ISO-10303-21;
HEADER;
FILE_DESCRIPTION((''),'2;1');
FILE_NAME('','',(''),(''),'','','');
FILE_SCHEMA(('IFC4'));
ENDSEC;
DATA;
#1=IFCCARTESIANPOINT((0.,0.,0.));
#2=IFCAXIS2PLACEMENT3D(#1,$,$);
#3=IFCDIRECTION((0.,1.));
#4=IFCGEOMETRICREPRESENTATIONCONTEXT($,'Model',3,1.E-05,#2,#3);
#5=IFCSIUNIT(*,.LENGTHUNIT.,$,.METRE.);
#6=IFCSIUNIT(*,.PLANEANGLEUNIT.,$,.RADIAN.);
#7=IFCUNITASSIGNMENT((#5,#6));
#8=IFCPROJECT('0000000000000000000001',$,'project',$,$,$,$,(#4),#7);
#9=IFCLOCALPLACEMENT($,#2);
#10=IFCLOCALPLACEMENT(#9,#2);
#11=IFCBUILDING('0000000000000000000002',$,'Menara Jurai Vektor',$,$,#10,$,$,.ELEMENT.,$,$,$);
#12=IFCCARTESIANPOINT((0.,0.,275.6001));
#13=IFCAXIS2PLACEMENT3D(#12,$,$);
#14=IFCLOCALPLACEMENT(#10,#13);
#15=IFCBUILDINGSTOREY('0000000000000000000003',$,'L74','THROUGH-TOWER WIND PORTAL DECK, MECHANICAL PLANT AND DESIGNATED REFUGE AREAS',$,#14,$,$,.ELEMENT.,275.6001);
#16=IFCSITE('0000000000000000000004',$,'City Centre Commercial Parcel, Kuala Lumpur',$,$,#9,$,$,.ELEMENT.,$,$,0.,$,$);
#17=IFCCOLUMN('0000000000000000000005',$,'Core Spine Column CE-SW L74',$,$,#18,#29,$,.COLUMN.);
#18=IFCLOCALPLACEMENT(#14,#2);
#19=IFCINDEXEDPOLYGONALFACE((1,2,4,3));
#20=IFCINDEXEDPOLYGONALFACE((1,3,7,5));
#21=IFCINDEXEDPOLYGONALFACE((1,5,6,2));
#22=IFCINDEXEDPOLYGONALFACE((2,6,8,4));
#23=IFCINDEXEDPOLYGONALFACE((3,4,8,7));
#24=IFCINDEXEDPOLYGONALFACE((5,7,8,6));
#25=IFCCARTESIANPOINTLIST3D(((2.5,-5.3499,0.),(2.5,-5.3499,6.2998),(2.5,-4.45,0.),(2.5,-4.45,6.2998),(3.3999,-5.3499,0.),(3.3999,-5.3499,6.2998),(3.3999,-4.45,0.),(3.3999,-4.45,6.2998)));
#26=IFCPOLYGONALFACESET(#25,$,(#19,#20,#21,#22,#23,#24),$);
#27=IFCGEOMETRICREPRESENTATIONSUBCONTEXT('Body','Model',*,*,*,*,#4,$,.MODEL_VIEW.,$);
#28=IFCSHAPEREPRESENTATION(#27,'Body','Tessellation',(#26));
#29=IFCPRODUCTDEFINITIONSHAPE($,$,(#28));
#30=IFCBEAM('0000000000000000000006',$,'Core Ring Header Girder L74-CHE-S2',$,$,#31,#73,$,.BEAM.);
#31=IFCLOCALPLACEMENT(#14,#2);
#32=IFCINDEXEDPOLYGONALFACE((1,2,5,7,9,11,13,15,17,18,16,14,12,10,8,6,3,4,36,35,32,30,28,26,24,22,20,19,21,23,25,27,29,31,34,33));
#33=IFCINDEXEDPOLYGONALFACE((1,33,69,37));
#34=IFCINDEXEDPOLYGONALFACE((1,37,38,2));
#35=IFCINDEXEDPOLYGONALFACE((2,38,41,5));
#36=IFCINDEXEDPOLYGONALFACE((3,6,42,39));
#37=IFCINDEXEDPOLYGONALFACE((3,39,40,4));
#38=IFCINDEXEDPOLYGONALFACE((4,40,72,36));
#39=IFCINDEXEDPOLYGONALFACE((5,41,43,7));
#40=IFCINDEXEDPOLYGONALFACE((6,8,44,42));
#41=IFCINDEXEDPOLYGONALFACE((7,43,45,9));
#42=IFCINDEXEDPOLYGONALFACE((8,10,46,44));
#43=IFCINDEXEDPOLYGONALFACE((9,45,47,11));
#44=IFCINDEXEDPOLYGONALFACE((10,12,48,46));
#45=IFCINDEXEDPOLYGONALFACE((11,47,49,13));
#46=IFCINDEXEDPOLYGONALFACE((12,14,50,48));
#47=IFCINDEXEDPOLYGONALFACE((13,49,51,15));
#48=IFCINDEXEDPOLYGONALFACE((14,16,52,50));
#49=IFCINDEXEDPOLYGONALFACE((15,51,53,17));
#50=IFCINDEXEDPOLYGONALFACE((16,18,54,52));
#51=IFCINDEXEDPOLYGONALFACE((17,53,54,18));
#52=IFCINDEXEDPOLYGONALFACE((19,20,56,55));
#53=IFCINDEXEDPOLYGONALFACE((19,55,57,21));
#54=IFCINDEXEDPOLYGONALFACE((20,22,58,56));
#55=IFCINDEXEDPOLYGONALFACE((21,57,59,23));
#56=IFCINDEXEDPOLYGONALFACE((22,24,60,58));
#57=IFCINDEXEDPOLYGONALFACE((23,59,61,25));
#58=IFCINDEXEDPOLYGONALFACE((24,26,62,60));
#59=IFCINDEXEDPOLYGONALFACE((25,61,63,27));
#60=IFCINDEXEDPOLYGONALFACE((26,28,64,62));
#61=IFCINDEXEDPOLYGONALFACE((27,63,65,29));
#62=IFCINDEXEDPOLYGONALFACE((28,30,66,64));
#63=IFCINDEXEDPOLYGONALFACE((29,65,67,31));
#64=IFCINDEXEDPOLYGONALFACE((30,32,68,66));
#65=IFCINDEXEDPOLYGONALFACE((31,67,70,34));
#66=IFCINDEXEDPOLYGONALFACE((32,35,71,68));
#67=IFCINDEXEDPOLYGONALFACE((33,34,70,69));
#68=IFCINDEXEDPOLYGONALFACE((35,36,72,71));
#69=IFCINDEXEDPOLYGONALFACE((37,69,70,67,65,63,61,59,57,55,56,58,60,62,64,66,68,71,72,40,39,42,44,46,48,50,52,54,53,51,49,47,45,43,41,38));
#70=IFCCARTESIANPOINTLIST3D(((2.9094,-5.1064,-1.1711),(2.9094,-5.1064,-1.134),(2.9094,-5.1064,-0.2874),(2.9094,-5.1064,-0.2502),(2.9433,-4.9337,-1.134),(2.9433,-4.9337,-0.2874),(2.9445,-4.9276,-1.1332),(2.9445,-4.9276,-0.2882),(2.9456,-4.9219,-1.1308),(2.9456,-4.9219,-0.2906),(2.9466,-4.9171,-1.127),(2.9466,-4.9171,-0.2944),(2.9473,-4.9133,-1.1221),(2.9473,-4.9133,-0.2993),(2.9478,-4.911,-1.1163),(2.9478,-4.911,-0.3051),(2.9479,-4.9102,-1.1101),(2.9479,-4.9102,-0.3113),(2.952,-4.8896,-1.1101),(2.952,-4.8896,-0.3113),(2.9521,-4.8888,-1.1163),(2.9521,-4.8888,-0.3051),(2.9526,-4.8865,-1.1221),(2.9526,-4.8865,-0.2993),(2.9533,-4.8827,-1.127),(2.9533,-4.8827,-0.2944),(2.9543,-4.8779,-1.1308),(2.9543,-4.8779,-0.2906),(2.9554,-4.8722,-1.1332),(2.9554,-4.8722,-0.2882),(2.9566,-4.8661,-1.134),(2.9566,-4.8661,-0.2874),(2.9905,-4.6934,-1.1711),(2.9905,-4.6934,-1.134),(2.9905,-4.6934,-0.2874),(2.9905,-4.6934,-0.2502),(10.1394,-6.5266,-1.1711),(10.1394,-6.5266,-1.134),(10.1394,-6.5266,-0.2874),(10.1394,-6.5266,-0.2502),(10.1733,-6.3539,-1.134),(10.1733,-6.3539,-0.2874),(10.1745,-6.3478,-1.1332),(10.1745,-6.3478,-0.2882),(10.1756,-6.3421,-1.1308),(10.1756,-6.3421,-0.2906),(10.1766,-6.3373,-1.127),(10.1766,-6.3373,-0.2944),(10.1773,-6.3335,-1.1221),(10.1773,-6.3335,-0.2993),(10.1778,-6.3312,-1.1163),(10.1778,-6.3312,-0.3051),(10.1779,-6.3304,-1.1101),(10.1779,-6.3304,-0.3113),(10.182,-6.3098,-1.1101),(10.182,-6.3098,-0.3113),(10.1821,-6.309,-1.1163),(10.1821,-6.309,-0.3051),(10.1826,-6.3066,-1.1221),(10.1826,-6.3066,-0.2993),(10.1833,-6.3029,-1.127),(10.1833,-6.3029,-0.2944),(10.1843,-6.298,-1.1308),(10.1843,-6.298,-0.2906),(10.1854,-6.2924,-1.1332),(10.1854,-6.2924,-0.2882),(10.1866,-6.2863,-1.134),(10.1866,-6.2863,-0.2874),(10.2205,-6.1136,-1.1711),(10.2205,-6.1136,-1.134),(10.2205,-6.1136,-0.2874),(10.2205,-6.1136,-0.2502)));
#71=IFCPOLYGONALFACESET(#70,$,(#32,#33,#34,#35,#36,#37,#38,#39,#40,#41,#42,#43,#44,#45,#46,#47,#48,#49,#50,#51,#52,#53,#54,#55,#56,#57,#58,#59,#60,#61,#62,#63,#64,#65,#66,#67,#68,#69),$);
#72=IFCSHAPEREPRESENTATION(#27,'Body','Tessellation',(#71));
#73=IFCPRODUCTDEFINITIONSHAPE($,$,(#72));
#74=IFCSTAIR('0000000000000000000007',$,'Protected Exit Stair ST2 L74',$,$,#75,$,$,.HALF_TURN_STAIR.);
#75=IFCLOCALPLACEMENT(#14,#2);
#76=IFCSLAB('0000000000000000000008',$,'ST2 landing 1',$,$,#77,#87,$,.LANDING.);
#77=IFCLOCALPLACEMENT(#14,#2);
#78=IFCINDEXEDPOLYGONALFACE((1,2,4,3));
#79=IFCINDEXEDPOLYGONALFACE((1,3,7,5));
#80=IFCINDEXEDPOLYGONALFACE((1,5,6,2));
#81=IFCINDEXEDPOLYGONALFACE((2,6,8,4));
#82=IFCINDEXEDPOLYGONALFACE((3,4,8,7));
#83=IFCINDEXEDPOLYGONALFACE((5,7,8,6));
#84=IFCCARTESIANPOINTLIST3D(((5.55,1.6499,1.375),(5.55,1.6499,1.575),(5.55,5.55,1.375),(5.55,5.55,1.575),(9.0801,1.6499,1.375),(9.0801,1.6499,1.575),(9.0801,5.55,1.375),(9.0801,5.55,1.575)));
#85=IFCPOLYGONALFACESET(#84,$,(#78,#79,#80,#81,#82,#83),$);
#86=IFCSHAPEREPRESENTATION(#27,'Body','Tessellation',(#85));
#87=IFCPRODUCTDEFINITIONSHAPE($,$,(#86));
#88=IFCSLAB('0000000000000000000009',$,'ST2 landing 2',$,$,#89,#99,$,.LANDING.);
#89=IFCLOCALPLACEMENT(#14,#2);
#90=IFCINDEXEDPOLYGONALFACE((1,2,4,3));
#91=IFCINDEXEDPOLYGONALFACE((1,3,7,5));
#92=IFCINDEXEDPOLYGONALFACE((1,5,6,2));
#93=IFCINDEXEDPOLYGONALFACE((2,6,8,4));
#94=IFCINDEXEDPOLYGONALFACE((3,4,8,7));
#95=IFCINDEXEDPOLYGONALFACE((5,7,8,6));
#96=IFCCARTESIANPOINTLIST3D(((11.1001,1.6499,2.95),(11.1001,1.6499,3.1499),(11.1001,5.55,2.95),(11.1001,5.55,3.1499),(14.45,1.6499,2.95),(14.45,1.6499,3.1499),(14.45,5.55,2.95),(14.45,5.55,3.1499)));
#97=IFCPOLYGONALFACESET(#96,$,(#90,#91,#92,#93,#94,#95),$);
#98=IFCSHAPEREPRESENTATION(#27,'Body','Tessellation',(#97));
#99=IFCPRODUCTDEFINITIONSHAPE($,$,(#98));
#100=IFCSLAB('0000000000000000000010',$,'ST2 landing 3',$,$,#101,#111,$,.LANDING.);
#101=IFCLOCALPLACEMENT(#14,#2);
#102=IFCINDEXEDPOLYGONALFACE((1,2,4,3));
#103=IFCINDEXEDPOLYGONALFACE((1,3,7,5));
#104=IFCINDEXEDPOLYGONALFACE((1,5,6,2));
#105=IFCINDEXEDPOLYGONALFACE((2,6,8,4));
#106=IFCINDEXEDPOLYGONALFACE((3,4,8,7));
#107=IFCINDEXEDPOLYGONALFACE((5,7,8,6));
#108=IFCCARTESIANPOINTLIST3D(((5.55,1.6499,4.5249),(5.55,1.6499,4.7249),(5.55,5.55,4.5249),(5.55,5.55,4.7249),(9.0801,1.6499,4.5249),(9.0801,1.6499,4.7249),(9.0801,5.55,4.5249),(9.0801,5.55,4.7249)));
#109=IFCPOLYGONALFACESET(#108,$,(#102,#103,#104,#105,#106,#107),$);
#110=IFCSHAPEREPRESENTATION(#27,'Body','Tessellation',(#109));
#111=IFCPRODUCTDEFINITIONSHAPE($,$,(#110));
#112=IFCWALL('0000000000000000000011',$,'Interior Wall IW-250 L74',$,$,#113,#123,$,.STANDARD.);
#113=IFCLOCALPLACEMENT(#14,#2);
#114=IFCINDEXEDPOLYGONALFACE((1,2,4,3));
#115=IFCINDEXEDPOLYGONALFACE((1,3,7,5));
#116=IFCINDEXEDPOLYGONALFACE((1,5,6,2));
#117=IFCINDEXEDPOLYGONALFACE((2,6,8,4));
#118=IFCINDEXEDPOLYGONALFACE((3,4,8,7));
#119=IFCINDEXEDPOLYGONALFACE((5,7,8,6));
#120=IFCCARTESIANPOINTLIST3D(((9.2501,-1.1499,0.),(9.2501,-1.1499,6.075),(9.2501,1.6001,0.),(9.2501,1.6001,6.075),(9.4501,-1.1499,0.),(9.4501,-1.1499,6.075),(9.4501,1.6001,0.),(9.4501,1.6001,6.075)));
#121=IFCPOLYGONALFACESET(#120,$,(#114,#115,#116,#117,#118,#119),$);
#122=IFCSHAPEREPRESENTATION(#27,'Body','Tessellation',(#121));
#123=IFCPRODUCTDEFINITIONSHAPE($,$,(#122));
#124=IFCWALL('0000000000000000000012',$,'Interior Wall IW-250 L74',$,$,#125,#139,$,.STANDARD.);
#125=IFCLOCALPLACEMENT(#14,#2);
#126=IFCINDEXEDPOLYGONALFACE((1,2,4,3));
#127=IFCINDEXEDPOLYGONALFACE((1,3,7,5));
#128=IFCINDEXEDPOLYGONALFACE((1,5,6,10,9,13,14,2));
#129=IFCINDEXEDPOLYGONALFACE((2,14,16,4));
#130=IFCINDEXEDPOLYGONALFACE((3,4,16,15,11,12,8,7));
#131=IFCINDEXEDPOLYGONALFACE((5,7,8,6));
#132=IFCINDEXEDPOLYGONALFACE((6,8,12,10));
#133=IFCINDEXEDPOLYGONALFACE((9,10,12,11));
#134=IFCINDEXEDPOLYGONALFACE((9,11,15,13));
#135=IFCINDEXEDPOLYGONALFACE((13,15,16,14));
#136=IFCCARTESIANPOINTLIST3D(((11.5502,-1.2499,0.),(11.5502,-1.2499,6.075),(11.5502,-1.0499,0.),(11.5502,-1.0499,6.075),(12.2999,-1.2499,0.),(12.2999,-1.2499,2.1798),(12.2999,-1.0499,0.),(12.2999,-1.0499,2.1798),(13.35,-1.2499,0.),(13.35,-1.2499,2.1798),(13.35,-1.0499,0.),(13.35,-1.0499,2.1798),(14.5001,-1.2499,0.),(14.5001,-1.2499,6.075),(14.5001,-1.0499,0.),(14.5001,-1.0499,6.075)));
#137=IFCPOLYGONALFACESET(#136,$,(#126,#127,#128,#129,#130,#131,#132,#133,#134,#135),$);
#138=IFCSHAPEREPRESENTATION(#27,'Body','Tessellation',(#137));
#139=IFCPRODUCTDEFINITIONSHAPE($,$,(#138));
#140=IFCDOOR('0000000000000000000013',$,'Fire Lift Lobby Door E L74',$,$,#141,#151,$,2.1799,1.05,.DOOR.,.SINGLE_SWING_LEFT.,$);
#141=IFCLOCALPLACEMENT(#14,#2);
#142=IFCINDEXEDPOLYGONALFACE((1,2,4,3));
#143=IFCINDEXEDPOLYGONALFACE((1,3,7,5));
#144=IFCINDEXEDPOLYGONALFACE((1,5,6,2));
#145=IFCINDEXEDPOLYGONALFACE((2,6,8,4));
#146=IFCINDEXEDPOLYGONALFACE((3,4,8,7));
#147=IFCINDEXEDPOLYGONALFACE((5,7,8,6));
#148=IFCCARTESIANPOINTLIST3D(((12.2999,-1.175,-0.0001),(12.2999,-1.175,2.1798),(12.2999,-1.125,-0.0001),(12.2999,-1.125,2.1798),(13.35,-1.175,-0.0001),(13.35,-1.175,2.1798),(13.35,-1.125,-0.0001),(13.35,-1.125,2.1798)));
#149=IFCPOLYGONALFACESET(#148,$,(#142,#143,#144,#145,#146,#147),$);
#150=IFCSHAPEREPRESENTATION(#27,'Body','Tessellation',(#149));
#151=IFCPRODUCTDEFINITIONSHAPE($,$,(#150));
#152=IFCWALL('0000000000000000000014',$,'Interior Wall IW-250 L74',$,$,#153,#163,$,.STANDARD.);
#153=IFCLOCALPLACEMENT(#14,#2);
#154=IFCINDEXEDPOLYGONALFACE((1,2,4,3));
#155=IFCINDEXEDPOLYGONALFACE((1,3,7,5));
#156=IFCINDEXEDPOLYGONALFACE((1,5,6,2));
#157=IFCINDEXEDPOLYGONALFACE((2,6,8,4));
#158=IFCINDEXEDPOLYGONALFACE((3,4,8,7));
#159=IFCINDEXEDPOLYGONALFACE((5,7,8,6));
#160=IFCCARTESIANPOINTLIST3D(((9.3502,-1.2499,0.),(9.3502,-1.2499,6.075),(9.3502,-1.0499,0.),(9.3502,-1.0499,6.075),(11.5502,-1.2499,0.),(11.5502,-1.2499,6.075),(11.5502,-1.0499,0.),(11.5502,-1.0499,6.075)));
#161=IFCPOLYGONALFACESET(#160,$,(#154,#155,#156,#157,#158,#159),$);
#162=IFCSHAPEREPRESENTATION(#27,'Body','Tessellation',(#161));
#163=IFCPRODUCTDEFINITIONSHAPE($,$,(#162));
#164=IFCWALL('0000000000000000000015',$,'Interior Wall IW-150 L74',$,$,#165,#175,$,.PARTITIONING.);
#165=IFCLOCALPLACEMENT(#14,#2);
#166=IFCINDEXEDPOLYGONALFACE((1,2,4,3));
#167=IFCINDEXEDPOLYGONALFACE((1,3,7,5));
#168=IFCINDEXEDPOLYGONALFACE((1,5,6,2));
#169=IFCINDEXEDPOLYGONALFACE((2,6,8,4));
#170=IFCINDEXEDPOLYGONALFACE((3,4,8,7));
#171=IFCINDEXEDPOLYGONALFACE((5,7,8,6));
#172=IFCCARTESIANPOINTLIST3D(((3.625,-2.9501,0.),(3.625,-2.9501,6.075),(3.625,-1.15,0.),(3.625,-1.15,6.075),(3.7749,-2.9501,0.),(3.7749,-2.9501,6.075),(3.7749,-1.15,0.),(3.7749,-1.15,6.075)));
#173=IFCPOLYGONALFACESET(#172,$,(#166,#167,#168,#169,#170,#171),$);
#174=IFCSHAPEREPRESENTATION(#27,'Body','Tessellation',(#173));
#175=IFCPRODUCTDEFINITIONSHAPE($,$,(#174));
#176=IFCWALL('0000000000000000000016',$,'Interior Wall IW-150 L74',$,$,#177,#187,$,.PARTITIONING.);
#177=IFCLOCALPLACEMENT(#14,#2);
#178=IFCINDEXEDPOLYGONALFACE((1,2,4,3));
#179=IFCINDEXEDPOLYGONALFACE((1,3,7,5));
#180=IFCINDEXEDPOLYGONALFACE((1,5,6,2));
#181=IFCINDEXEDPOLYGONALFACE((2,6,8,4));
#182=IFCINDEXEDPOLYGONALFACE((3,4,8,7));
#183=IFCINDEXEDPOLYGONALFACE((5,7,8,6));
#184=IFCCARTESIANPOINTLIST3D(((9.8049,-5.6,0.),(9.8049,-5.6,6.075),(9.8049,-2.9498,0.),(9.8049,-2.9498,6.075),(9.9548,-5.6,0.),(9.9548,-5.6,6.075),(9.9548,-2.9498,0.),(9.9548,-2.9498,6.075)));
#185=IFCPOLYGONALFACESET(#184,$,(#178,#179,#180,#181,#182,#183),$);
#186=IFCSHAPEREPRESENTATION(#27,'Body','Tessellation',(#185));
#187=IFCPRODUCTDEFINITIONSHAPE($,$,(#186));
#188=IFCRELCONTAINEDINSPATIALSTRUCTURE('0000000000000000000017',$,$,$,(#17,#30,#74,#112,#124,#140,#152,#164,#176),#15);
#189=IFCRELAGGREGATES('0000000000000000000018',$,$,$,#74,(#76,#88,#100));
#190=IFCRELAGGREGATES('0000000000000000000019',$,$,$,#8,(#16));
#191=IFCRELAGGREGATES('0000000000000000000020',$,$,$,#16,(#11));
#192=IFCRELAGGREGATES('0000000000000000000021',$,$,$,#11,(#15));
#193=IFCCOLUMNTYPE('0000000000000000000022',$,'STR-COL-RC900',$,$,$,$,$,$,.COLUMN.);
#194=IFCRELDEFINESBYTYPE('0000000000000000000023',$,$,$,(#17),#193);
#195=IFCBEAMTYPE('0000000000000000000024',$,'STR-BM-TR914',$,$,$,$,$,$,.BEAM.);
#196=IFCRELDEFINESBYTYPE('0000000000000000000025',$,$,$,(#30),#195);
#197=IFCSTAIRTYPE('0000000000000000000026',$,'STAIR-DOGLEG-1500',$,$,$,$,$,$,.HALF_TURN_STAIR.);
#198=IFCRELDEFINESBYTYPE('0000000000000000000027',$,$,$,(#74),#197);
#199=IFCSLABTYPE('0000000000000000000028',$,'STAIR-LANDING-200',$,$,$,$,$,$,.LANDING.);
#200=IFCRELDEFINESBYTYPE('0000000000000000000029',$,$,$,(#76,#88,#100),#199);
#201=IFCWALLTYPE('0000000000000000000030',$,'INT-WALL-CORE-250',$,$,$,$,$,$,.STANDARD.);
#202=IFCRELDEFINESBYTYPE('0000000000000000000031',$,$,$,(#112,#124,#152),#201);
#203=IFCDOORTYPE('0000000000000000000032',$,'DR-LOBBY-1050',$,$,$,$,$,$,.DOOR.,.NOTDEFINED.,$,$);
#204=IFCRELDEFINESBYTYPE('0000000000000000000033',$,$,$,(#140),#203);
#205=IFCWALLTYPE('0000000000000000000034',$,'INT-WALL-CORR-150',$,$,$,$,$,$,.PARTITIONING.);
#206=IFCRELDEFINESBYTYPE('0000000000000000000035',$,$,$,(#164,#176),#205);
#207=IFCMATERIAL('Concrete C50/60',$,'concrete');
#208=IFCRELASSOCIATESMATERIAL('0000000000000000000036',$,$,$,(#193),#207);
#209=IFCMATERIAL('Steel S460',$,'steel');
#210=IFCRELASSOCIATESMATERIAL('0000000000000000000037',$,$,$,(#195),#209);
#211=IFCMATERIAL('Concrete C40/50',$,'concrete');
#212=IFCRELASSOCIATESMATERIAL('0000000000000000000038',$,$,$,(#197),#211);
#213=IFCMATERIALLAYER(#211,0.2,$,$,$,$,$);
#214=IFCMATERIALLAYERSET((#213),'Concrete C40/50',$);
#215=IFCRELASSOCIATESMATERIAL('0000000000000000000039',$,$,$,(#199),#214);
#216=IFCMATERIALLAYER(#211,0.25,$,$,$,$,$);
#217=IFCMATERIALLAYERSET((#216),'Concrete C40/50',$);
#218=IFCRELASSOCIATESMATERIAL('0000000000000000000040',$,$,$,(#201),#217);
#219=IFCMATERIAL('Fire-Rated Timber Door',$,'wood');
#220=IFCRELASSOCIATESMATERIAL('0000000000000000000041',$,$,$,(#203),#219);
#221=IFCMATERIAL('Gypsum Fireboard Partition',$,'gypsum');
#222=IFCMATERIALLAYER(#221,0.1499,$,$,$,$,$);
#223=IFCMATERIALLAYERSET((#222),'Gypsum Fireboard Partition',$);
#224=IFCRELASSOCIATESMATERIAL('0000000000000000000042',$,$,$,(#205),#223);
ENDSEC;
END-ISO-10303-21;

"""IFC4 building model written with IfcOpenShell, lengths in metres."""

from ifc_helpers import new_model, si_unit, direction, frame, frame_2d, origin, origin_2d, place, context, subcontext, project, spatial, polyline, rectangle, i_section, outline, extrude, material, layer, layer_set, material_profile, profile_set, type_object, element, fill, aggregate, save


model = new_model("IFC4")

# Units and contexts
model_context = context("Model", 3, precision=1e-05, world=origin(), true_north=direction((0.0, 1.0)))
body_context = subcontext(model_context, "Body", "Model", "MODEL_VIEW")
ifc_project = project(units=[si_unit("LENGTHUNIT", "METRE"), si_unit("PLANEANGLEUNIT", "RADIAN")], contexts=[model_context])

# Site, building, storey
site_placement = place(None, origin())
site = spatial("IfcSite", under=ifc_project, at=site_placement, Name="City Centre Commercial Parcel, Kuala Lumpur", CompositionType="ELEMENT", RefElevation=0.0)
building_placement = place(site_placement, origin())
building = spatial("IfcBuilding", under=site, at=building_placement, Name="Menara Jurai Vektor", CompositionType="ELEMENT")
storey_placement = place(building_placement, frame((0.0, 0.0, 275.6001)))
storey = spatial("IfcBuildingStorey", under=building, at=storey_placement, Name="L74", Description="THROUGH-TOWER WIND PORTAL DECK, MECHANICAL PLANT AND DESIGNATED REFUGE AREAS", CompositionType="ELEMENT", Elevation=275.6001)

# Column
ifc_material_1 = material(Name="Concrete C50/60", Category="concrete")
ifc_material_profile_1 = material_profile(ifc_material_1, rectangle(XDim=0.8999, YDim=0.8999, at=origin_2d()), Name="RC 900x900")
ifc_profile_set_1 = profile_set([ifc_material_profile_1], Name="Concrete C50/60")
column_type = type_object("IfcColumnType", Name="STR-COL-RC900", PredefinedType="COLUMN", material=ifc_profile_set_1)
column_placement = place(storey_placement, frame((2.95, -4.8999, 0.0), z_axis=(0.0, 0.0, 1.0), x_axis=(1.0, 0.0, 0.0)))
element("IfcColumn", 1, at=column_placement, inside=storey, type_object=column_type, Name="Core Spine Column CE-SW L74", PredefinedType="COLUMN", context=body_context, shape_type="SweptSolid", body=[
    extrude(rectangle(XDim=0.8999, YDim=0.8999, at=origin_2d()), origin(), (0.0, 0.0, 1.0), 6.2998),
])

# Beam
ifc_material_2 = material(Name="Steel S460", Category="steel")
ifc_material_profile_2 = material_profile(ifc_material_2, i_section(OverallWidth=0.4209, OverallDepth=0.9209, WebThickness=0.021, FlangeThickness=0.0371, FilletRadius=0.0239, at=origin_2d()), Name="UKB 914x419x388")
ifc_profile_set_2 = profile_set([ifc_material_profile_2], Name="Steel S460")
beam_type = type_object("IfcBeamType", Name="STR-BM-TR914", PredefinedType="BEAM", material=ifc_profile_set_2)
beam_placement = place(storey_placement, frame((2.95, -4.8999, -0.7107), z_axis=(0.981249, -0.192744, 0.0), x_axis=(0.192744, 0.981249, 0.0)))
element("IfcBeam", 2, at=beam_placement, inside=storey, type_object=beam_type, Name="Core Ring Header Girder L74-CHE-S2", PredefinedType="BEAM", context=body_context, shape_type="SweptSolid", body=[
    extrude(i_section(OverallWidth=0.4209, OverallDepth=0.9209, WebThickness=0.021, FlangeThickness=0.0371, FilletRadius=0.0239, at=origin_2d()), origin(), (0.0, 0.0, 1.0), 7.3682),
])

# Stair, slabs
ifc_material_3 = material(Name="Concrete C40/50", Category="concrete")
stair_type = type_object("IfcStairType", Name="STAIR-DOGLEG-1500", PredefinedType="HALF_TURN_STAIR", material=ifc_material_3)
stair_placement = place(storey_placement, origin())
stair = element("IfcStair", 3, at=stair_placement, inside=storey, type_object=stair_type, Name="Protected Exit Stair ST2 L74", PredefinedType="HALF_TURN_STAIR")
ifc_layer_1 = layer(ifc_material_3, 0.2)
ifc_layer_set_1 = layer_set([ifc_layer_1], Name="Concrete C40/50")
slab_type = type_object("IfcSlabType", Name="STAIR-LANDING-200", PredefinedType="LANDING", material=ifc_layer_set_1)
slab_1_placement = place(storey_placement, frame((0.0, 0.0, 1.375)))
slab_1 = element("IfcSlab", 4, at=slab_1_placement, type_object=slab_type, Name="ST2 landing 1", PredefinedType="LANDING", context=body_context, shape_type="SweptSolid", body=[
    extrude(outline(polyline([(5.55, 1.6499), (9.0801, 1.6499), (9.0801, 5.55), (5.55, 5.55), (5.55, 1.6499)])), origin(), (0.0, 0.0, 1.0), 0.2),
])
slab_2_placement = place(storey_placement, frame((0.0, 0.0, 2.95)))
slab_2 = element("IfcSlab", 5, at=slab_2_placement, type_object=slab_type, Name="ST2 landing 2", PredefinedType="LANDING", context=body_context, shape_type="SweptSolid", body=[
    extrude(outline(polyline([(11.1001, 1.6499), (14.45, 1.6499), (14.45, 5.55), (11.1001, 5.55), (11.1001, 1.6499)])), origin(), (0.0, 0.0, 1.0), 0.2),
])
slab_3_placement = place(storey_placement, frame((0.0, 0.0, 4.5249)))
slab_3 = element("IfcSlab", 6, at=slab_3_placement, type_object=slab_type, Name="ST2 landing 3", PredefinedType="LANDING", context=body_context, shape_type="SweptSolid", body=[
    extrude(outline(polyline([(5.55, 1.6499), (9.0801, 1.6499), (9.0801, 5.55), (5.55, 5.55), (5.55, 1.6499)])), origin(), (0.0, 0.0, 1.0), 0.2),
])
aggregate(stair, [slab_1, slab_2, slab_3])

# Shared definitions
ifc_layer_2 = layer(ifc_material_3, 0.25)
ifc_layer_set_2 = layer_set([ifc_layer_2], Name="Concrete C40/50")
wall_type_1 = type_object("IfcWallType", Name="INT-WALL-CORE-250", PredefinedType="STANDARD", material=ifc_layer_set_2)

# Wall
wall_1_placement = place(storey_placement, frame((9.3501, -1.1499, 0.0), z_axis=(0.0, 0.0, 1.0), x_axis=(0.0, 1.0, 0.0)))
element("IfcWall", 7, at=wall_1_placement, inside=storey, type_object=wall_type_1, Name="Interior Wall IW-250 L74", PredefinedType="STANDARD", context=body_context, shape_type="SweptSolid", body=[
    extrude(rectangle(XDim=2.75, YDim=0.2, at=frame_2d((1.375, 0.0))), origin(), (0.0, 0.0, 1.0), 6.075),
])

# Wall, opening, door
wall_2_placement = place(storey_placement, frame((11.55, -1.1499, 0.0), z_axis=(0.0, 0.0, 1.0), x_axis=(1.0, 0.0, 0.0)))
wall_2 = element("IfcWall", 8, at=wall_2_placement, inside=storey, type_object=wall_type_1, Name="Interior Wall IW-250 L74", PredefinedType="STANDARD", context=body_context, shape_type="SweptSolid", body=[
    extrude(rectangle(XDim=2.95, YDim=0.2, at=frame_2d((1.4751, 0.0))), origin(), (0.0, 0.0, 1.0), 6.075),
])
opening_1_placement = place(wall_2_placement, frame((0.75, 0.0, 0.0)))
opening_1 = element("IfcOpeningElement", 9, at=opening_1_placement, cuts=wall_2, PredefinedType="OPENING", context=body_context, shape_type="SweptSolid", body=[
    extrude(rectangle(XDim=1.05, YDim=2.1799, at=frame_2d((0.5249, 1.0898))), frame((0.0, 0.1099, 0.0), z_axis=(0.0, -1.0, 0.0), x_axis=(1.0, 0.0, 0.0)), (0.0, 0.0, 1.0), 0.22),
])
ifc_material_4 = material(Name="Fire-Rated Timber Door", Category="wood")
door_type_1 = type_object("IfcDoorType", Name="DR-LOBBY-1050", OperationType="NOTDEFINED", PredefinedType="DOOR", material=ifc_material_4)
door_1_placement = place(opening_1_placement, origin())
door_1 = element("IfcDoor", 10, at=door_1_placement, inside=storey, type_object=door_type_1, Name="Fire Lift Lobby Door E L74", OperationType="SINGLE_SWING_LEFT", OverallHeight=2.1799, OverallWidth=1.05, PredefinedType="DOOR", context=body_context, shape_type="SweptSolid", body=[
    extrude(rectangle(XDim=1.05, YDim=2.1799, at=frame_2d((0.5249, 1.0898))), frame((0.0, 0.0249, 0.0), z_axis=(0.0, -1.0, 0.0), x_axis=(1.0, 0.0, 0.0)), (0.0, 0.0, 1.0), 0.05),
])
fill(opening_1, door_1)

# Walls
wall_3_placement = place(storey_placement, frame((9.3501, -1.1499, 0.0), z_axis=(0.0, 0.0, 1.0), x_axis=(1.0, 0.0, 0.0)))
element("IfcWall", 11, at=wall_3_placement, inside=storey, type_object=wall_type_1, Name="Interior Wall IW-250 L74", PredefinedType="STANDARD", context=body_context, shape_type="SweptSolid", body=[
    extrude(rectangle(XDim=2.2, YDim=0.2, at=frame_2d((1.1001, 0.0))), origin(), (0.0, 0.0, 1.0), 6.075),
])
ifc_material_5 = material(Name="Gypsum Fireboard Partition", Category="gypsum")
ifc_layer_3 = layer(ifc_material_5, 0.1499)
ifc_layer_set_3 = layer_set([ifc_layer_3], Name="Gypsum Fireboard Partition")
wall_type_2 = type_object("IfcWallType", Name="INT-WALL-CORR-150", PredefinedType="PARTITIONING", material=ifc_layer_set_3)
wall_4_placement = place(storey_placement, frame((3.7, -2.95, 0.0), z_axis=(0.0, 0.0, 1.0), x_axis=(0.0, 1.0, 0.0)))
element("IfcWall", 12, at=wall_4_placement, inside=storey, type_object=wall_type_2, Name="Interior Wall IW-150 L74", PredefinedType="PARTITIONING", context=body_context, shape_type="SweptSolid", body=[
    extrude(rectangle(XDim=1.8, YDim=0.1499, at=frame_2d((0.8999, 0.0))), origin(), (0.0, 0.0, 1.0), 6.075),
])

# Wall
wall_5_placement = place(storey_placement, frame((9.8799, -5.6001, 0.0), z_axis=(0.0, 0.0, 1.0), x_axis=(0.0, 1.0, 0.0)))
element("IfcWall", 13, at=wall_5_placement, inside=storey, type_object=wall_type_2, Name="Interior Wall IW-150 L74", PredefinedType="PARTITIONING", context=body_context, shape_type="SweptSolid", body=[
    extrude(rectangle(XDim=2.6501, YDim=0.1499, at=frame_2d((1.3252, 0.0))), origin(), (0.0, 0.0, 1.0), 6.075),
])

save(model, "model.ifc")
